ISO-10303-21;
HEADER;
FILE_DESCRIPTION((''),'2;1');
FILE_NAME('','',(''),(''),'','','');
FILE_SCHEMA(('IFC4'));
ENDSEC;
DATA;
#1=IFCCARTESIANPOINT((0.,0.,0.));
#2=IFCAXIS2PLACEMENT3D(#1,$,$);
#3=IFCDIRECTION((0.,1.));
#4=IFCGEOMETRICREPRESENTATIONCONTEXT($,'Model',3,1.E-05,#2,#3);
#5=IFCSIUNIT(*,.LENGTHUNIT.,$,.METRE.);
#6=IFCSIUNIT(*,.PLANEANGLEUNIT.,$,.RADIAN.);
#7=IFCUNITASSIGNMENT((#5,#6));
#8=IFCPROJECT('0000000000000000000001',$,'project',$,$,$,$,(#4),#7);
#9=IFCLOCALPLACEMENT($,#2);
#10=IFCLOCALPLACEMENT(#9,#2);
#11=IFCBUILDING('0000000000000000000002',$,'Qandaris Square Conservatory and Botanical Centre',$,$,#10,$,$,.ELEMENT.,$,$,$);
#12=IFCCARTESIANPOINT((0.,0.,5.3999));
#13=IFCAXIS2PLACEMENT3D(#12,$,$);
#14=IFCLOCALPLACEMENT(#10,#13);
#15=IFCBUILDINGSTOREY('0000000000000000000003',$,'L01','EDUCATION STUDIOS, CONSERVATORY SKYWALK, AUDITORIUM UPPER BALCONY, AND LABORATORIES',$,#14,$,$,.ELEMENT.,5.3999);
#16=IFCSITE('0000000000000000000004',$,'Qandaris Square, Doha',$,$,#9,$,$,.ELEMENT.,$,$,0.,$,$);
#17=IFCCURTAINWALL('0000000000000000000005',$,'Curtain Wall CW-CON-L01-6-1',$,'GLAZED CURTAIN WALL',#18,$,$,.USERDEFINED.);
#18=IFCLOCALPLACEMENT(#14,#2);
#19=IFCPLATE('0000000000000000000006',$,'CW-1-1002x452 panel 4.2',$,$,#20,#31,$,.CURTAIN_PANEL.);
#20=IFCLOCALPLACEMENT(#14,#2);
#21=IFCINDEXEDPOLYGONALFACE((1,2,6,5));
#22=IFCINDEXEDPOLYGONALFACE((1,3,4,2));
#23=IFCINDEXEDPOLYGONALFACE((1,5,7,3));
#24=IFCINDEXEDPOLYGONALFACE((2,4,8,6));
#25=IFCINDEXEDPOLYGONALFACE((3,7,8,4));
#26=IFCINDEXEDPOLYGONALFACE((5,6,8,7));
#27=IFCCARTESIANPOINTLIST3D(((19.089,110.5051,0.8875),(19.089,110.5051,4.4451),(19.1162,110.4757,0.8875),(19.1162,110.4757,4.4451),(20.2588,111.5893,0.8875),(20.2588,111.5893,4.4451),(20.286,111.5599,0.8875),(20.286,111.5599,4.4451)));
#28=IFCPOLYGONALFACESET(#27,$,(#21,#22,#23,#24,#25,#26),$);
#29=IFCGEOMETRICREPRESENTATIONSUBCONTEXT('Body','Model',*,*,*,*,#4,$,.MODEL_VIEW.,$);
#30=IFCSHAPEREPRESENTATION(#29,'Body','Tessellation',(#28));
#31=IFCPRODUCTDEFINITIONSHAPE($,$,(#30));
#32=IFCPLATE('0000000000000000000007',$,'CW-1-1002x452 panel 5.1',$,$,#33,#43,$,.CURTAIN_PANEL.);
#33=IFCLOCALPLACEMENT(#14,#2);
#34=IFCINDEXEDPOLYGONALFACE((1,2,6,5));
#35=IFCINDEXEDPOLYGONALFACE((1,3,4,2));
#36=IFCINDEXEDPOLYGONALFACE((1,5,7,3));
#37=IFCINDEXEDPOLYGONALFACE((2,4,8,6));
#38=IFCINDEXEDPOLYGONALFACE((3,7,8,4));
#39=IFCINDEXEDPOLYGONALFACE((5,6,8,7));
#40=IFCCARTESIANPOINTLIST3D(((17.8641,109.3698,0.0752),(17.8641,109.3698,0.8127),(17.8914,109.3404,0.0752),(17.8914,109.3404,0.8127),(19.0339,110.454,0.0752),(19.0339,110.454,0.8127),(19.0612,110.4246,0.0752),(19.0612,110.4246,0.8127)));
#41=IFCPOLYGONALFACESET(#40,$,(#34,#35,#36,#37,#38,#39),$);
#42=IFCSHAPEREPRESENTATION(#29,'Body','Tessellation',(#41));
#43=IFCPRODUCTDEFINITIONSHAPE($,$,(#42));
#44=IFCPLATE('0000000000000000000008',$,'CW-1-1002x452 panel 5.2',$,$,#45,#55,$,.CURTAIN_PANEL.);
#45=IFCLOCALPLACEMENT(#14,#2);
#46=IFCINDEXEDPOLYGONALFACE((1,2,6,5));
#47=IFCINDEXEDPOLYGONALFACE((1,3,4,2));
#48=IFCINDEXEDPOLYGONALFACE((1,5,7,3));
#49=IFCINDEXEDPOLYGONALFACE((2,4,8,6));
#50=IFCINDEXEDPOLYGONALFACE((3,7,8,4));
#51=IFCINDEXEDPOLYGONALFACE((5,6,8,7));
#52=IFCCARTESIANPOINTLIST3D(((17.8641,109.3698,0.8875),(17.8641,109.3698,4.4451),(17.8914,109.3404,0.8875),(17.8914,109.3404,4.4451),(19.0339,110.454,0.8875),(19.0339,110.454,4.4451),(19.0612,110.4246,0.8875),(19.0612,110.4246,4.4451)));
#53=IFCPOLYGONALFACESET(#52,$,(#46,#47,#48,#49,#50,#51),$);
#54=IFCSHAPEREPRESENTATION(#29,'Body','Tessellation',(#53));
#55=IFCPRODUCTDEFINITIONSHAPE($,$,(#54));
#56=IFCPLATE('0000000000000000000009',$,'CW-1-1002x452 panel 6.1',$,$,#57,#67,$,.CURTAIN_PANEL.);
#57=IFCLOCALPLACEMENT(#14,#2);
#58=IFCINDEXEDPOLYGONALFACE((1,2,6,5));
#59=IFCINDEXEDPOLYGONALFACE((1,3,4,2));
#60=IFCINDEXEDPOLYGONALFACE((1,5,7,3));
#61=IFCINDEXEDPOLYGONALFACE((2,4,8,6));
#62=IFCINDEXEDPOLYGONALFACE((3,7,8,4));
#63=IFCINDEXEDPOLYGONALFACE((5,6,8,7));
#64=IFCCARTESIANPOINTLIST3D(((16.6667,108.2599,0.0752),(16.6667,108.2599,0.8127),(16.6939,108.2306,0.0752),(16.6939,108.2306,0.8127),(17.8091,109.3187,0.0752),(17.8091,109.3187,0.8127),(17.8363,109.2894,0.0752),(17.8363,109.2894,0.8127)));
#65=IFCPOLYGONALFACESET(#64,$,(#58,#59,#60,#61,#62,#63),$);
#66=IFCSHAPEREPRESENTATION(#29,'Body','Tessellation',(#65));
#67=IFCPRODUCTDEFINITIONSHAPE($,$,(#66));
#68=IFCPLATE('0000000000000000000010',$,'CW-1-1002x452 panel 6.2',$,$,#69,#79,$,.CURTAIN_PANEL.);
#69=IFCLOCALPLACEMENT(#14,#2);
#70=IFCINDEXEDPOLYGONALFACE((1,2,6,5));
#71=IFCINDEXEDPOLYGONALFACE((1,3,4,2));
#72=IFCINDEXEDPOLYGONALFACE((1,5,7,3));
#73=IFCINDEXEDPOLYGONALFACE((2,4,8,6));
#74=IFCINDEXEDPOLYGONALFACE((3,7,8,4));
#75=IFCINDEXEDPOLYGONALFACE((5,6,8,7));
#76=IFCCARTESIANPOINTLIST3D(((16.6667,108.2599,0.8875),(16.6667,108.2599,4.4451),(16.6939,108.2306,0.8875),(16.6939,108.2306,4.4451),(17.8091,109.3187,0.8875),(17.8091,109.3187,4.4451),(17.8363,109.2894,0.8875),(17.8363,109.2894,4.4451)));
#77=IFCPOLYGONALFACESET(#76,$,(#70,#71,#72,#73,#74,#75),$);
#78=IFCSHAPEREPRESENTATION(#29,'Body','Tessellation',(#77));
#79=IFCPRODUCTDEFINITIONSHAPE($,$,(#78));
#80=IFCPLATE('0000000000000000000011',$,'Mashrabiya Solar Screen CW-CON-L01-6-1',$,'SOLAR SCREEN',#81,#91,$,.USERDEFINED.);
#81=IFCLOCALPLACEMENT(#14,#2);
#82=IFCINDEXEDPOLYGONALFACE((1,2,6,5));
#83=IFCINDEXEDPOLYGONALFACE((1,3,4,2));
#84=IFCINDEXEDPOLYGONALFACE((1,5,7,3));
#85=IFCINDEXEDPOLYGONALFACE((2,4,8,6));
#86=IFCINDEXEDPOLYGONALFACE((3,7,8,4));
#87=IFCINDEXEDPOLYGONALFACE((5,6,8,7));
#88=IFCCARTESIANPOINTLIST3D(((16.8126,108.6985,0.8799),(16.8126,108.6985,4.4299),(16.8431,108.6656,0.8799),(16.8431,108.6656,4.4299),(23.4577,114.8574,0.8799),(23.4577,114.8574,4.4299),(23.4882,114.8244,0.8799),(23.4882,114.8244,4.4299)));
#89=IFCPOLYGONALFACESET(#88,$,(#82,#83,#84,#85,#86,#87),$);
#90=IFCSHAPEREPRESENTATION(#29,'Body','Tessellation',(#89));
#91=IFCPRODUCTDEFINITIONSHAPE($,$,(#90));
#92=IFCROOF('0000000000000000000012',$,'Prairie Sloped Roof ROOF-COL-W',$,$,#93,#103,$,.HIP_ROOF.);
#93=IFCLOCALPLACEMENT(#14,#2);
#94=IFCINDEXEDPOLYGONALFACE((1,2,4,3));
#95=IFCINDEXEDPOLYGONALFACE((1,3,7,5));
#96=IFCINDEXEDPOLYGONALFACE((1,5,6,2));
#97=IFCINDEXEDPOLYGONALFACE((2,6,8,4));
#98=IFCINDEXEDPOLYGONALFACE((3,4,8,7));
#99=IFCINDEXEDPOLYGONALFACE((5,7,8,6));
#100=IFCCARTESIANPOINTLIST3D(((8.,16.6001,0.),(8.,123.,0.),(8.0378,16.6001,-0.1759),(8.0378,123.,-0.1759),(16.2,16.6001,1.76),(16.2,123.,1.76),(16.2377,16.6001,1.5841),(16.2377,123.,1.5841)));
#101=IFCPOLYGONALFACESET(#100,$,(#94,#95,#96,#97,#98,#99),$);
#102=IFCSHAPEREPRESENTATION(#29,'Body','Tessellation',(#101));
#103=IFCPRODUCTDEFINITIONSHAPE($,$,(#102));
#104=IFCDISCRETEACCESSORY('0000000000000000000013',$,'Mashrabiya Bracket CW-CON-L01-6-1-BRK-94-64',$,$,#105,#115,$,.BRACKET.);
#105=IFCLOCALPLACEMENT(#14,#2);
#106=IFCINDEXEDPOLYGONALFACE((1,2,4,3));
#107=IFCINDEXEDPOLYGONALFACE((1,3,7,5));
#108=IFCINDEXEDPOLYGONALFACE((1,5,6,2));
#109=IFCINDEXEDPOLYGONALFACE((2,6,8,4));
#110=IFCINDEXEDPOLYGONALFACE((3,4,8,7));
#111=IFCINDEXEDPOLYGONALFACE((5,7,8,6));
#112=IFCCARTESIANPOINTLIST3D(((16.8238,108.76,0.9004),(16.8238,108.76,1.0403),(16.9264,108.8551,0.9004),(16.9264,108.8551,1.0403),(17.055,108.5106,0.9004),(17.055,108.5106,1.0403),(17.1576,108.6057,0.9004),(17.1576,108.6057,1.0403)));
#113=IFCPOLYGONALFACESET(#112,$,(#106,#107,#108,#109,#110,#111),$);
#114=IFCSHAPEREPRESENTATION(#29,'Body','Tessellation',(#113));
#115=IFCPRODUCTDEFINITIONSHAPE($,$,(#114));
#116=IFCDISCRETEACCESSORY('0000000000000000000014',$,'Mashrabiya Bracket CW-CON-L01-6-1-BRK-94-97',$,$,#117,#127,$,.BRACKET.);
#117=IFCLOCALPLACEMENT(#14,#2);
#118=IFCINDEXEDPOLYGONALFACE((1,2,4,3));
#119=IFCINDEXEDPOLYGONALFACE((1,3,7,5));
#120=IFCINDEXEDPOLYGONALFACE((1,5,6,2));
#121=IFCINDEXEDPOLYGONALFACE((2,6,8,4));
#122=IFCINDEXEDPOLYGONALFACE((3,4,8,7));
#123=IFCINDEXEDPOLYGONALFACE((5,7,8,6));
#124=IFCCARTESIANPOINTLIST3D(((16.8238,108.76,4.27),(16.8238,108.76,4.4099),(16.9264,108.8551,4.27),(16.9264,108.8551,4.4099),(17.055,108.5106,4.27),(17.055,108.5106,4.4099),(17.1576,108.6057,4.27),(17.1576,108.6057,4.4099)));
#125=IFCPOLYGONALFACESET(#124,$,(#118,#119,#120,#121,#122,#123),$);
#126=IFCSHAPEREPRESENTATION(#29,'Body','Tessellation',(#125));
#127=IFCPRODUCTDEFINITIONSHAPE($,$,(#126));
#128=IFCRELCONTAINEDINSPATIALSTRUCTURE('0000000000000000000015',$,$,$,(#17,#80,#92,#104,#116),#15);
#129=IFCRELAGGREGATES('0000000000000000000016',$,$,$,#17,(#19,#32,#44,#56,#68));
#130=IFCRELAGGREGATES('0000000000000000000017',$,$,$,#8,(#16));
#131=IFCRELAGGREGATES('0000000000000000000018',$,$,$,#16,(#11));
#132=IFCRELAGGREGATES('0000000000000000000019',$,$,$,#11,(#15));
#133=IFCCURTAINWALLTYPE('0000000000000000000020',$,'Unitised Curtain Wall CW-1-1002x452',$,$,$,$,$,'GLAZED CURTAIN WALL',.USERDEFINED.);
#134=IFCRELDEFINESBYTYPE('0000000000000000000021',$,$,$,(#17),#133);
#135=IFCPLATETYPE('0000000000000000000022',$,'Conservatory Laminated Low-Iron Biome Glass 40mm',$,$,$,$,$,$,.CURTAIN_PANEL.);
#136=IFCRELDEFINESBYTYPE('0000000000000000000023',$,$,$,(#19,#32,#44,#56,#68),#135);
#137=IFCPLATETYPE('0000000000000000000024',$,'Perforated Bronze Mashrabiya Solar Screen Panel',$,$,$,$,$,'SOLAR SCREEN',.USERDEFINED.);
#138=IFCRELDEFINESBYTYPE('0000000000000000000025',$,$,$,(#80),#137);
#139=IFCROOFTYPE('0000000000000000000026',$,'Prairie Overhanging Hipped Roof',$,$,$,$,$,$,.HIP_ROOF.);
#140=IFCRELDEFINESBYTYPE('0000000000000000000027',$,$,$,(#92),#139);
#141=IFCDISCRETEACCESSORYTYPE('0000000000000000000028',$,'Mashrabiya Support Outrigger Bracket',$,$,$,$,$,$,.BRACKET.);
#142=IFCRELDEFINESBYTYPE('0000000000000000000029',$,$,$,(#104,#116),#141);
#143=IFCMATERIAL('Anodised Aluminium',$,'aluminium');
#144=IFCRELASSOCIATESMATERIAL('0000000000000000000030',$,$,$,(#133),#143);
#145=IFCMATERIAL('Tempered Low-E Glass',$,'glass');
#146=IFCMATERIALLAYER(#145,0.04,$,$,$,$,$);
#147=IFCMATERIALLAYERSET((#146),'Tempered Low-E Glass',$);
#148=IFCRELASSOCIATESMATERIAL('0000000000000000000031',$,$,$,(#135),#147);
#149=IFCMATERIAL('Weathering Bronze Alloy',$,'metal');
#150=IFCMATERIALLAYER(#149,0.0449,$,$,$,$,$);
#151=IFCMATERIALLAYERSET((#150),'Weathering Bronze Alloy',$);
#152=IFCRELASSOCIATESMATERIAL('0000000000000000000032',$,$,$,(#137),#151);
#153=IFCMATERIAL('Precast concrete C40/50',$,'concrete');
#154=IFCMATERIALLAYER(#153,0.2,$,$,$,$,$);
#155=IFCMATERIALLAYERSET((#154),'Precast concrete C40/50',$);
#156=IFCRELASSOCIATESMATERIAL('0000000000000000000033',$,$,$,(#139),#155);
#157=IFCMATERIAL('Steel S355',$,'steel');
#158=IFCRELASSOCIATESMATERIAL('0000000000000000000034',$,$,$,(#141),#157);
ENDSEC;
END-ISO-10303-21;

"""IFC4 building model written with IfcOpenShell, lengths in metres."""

from ifc_helpers import new_model, si_unit, direction, frame, origin, origin_2d, place, context, subcontext, project, spatial, polyline, rectangle, outline, extrude, material, layer, layer_set, type_object, element, aggregate, save


model = new_model("IFC4")

# Units and contexts
model_context = context("Model", 3, precision=1e-05, world=origin(), true_north=direction((0.0, 1.0)))
body_context = subcontext(model_context, "Body", "Model", "MODEL_VIEW")
ifc_project = project(units=[si_unit("LENGTHUNIT", "METRE"), si_unit("PLANEANGLEUNIT", "RADIAN")], contexts=[model_context])

# Site, building, storey
site_placement = place(None, origin())
site = spatial("IfcSite", under=ifc_project, at=site_placement, Name="Qandaris Square, Doha", CompositionType="ELEMENT", RefElevation=0.0)
building_placement = place(site_placement, origin())
building = spatial("IfcBuilding", under=site, at=building_placement, Name="Qandaris Square Conservatory and Botanical Centre", CompositionType="ELEMENT")
storey_placement = place(building_placement, frame((0.0, 0.0, 5.3999)))
storey = spatial("IfcBuildingStorey", under=building, at=storey_placement, Name="L01", Description="EDUCATION STUDIOS, CONSERVATORY SKYWALK, AUDITORIUM UPPER BALCONY, AND LABORATORIES", CompositionType="ELEMENT", Elevation=5.3999)

# Shared definitions
ifc_material_1 = material(Name="Steel S355", Category="steel")

# Curtain wall, plates
ifc_material_2 = material(Name="Anodised Aluminium", Category="aluminium")
curtain_wall_type = type_object("IfcCurtainWallType", Name="Unitised Curtain Wall CW-1-1002x452", ElementType="GLAZED CURTAIN WALL", PredefinedType="USERDEFINED", material=ifc_material_2)
curtain_wall_placement = place(storey_placement, origin())
curtain_wall = element("IfcCurtainWall", 1, at=curtain_wall_placement, inside=storey, type_object=curtain_wall_type, Name="Curtain Wall CW-CON-L01-6-1", ObjectType="GLAZED CURTAIN WALL", PredefinedType="USERDEFINED")
ifc_material_3 = material(Name="Tempered Low-E Glass", Category="glass")
ifc_layer_1 = layer(ifc_material_3, 0.04)
ifc_layer_set_1 = layer_set([ifc_layer_1], Name="Tempered Low-E Glass")
plate_type_1 = type_object("IfcPlateType", Name="Conservatory Laminated Low-Iron Biome Glass 40mm", PredefinedType="CURTAIN_PANEL", material=ifc_layer_set_1)
plate_1_placement = place(storey_placement, frame((19.6875, 111.0325, 0.8875), z_axis=(0.0, 0.0, 1.0), x_axis=(-0.733433, -0.679762, 0.0)))
plate_1 = element("IfcPlate", 2, at=plate_1_placement, type_object=plate_type_1, Name="CW-1-1002x452 panel 4.2", PredefinedType="CURTAIN_PANEL", context=body_context, shape_type="SweptSolid", body=[
    extrude(rectangle(XDim=1.595, YDim=0.04, at=origin_2d()), origin(), (0.0, 0.0, 1.0), 3.5576),
])
plate_2_placement = place(storey_placement, frame((18.4626, 109.8972, 0.0752), z_axis=(0.0, 0.0, 1.0), x_axis=(-0.733433, -0.679762, 0.0)))
plate_2 = element("IfcPlate", 3, at=plate_2_placement, type_object=plate_type_1, Name="CW-1-1002x452 panel 5.1", PredefinedType="CURTAIN_PANEL", context=body_context, shape_type="SweptSolid", body=[
    extrude(rectangle(XDim=1.595, YDim=0.04, at=origin_2d()), origin(), (0.0, 0.0, 1.0), 0.7375),
])
plate_3_placement = place(storey_placement, frame((18.4626, 109.8972, 0.8875), z_axis=(0.0, 0.0, 1.0), x_axis=(-0.733433, -0.679762, 0.0)))
plate_3 = element("IfcPlate", 4, at=plate_3_placement, type_object=plate_type_1, Name="CW-1-1002x452 panel 5.2", PredefinedType="CURTAIN_PANEL", context=body_context, shape_type="SweptSolid", body=[
    extrude(rectangle(XDim=1.595, YDim=0.04, at=origin_2d()), origin(), (0.0, 0.0, 1.0), 3.5576),
])
plate_4_placement = place(storey_placement, frame((17.2515, 108.7747, 0.0752), z_axis=(0.0, 0.0, 1.0), x_axis=(-0.733433, -0.679762, 0.0)))
plate_4 = element("IfcPlate", 5, at=plate_4_placement, type_object=plate_type_1, Name="CW-1-1002x452 panel 6.1", PredefinedType="CURTAIN_PANEL", context=body_context, shape_type="SweptSolid", body=[
    extrude(rectangle(XDim=1.5576, YDim=0.04, at=origin_2d()), origin(), (0.0, 0.0, 1.0), 0.7375),
])
plate_5_placement = place(storey_placement, frame((17.2515, 108.7747, 0.8875), z_axis=(0.0, 0.0, 1.0), x_axis=(-0.733433, -0.679762, 0.0)))
plate_5 = element("IfcPlate", 6, at=plate_5_placement, type_object=plate_type_1, Name="CW-1-1002x452 panel 6.2", PredefinedType="CURTAIN_PANEL", context=body_context, shape_type="SweptSolid", body=[
    extrude(rectangle(XDim=1.5576, YDim=0.04, at=origin_2d()), origin(), (0.0, 0.0, 1.0), 3.5576),
])
aggregate(curtain_wall, [plate_1, plate_2, plate_3, plate_4, plate_5])

# Plate
ifc_material_4 = material(Name="Weathering Bronze Alloy", Category="metal")
ifc_layer_2 = layer(ifc_material_4, 0.0449)
ifc_layer_set_2 = layer_set([ifc_layer_2], Name="Weathering Bronze Alloy")
plate_type_2 = type_object("IfcPlateType", Name="Perforated Bronze Mashrabiya Solar Screen Panel", ElementType="SOLAR SCREEN", PredefinedType="USERDEFINED", material=ifc_layer_set_2)
plate_6_placement = place(storey_placement, frame((20.1504, 111.7615, 0.8799), z_axis=(0.0, 0.0, 1.0), x_axis=(-0.733433, -0.679762, 0.0)))
element("IfcPlate", 7, at=plate_6_placement, inside=storey, type_object=plate_type_2, Name="Mashrabiya Solar Screen CW-CON-L01-6-1", ObjectType="SOLAR SCREEN", PredefinedType="USERDEFINED", context=body_context, shape_type="SweptSolid", body=[
    extrude(rectangle(XDim=9.0603, YDim=0.0449, at=origin_2d()), origin(), (0.0, 0.0, 1.0), 3.55),
])

# Roof
ifc_material_5 = material(Name="Precast concrete C40/50", Category="concrete")
ifc_layer_3 = layer(ifc_material_5, 0.2)
ifc_layer_set_3 = layer_set([ifc_layer_3], Name="Precast concrete C40/50")
roof_type = type_object("IfcRoofType", Name="Prairie Overhanging Hipped Roof", PredefinedType="HIP_ROOF", material=ifc_layer_set_3)
roof_placement = place(storey_placement, frame((8.0, 123.0, 0.0), z_axis=(-0.209857, 0.0, 0.977732), x_axis=(0.0, -1.0, 0.0)))
element("IfcRoof", 8, at=roof_placement, inside=storey, type_object=roof_type, Name="Prairie Sloped Roof ROOF-COL-W", PredefinedType="HIP_ROOF", context=body_context, shape_type="SweptSolid", body=[
    extrude(outline(polyline([(0.0, 0.0), (106.3999, 0.0), (106.3999, 8.3867), (0.0, 8.3867), (0.0, 0.0)])), origin(), (0.0, 0.0, -1.0), 0.1799),
])

# Discrete accessories
discrete_accessory_type = type_object("IfcDiscreteAccessoryType", Name="Mashrabiya Support Outrigger Bracket", PredefinedType="BRACKET", material=ifc_material_1)
for number, where, z_axis, x_axis, name in (
    (9, (16.9907, 108.6829, 0.9004), (0.0, 0.0, 1.0), (-0.733433, -0.679762, 0.0), "Mashrabiya Bracket CW-CON-L01-6-1-BRK-94-64"),
    (10, (16.9907, 108.6829, 4.27), (0.0, 0.0, 1.0), (-0.733433, -0.679762, 0.0), "Mashrabiya Bracket CW-CON-L01-6-1-BRK-94-97"),
):
    element("IfcDiscreteAccessory", number, at=place(storey_placement, frame(where, z_axis=z_axis, x_axis=x_axis)), inside=storey, type_object=discrete_accessory_type, Name=name, PredefinedType="BRACKET", context=body_context, shape_type="SweptSolid", body=[
        extrude(rectangle(XDim=0.1399, YDim=0.3401, at=origin_2d()), origin(), (0.0, 0.0, 1.0), 0.1399),
    ])

save(model, "model.ifc")
